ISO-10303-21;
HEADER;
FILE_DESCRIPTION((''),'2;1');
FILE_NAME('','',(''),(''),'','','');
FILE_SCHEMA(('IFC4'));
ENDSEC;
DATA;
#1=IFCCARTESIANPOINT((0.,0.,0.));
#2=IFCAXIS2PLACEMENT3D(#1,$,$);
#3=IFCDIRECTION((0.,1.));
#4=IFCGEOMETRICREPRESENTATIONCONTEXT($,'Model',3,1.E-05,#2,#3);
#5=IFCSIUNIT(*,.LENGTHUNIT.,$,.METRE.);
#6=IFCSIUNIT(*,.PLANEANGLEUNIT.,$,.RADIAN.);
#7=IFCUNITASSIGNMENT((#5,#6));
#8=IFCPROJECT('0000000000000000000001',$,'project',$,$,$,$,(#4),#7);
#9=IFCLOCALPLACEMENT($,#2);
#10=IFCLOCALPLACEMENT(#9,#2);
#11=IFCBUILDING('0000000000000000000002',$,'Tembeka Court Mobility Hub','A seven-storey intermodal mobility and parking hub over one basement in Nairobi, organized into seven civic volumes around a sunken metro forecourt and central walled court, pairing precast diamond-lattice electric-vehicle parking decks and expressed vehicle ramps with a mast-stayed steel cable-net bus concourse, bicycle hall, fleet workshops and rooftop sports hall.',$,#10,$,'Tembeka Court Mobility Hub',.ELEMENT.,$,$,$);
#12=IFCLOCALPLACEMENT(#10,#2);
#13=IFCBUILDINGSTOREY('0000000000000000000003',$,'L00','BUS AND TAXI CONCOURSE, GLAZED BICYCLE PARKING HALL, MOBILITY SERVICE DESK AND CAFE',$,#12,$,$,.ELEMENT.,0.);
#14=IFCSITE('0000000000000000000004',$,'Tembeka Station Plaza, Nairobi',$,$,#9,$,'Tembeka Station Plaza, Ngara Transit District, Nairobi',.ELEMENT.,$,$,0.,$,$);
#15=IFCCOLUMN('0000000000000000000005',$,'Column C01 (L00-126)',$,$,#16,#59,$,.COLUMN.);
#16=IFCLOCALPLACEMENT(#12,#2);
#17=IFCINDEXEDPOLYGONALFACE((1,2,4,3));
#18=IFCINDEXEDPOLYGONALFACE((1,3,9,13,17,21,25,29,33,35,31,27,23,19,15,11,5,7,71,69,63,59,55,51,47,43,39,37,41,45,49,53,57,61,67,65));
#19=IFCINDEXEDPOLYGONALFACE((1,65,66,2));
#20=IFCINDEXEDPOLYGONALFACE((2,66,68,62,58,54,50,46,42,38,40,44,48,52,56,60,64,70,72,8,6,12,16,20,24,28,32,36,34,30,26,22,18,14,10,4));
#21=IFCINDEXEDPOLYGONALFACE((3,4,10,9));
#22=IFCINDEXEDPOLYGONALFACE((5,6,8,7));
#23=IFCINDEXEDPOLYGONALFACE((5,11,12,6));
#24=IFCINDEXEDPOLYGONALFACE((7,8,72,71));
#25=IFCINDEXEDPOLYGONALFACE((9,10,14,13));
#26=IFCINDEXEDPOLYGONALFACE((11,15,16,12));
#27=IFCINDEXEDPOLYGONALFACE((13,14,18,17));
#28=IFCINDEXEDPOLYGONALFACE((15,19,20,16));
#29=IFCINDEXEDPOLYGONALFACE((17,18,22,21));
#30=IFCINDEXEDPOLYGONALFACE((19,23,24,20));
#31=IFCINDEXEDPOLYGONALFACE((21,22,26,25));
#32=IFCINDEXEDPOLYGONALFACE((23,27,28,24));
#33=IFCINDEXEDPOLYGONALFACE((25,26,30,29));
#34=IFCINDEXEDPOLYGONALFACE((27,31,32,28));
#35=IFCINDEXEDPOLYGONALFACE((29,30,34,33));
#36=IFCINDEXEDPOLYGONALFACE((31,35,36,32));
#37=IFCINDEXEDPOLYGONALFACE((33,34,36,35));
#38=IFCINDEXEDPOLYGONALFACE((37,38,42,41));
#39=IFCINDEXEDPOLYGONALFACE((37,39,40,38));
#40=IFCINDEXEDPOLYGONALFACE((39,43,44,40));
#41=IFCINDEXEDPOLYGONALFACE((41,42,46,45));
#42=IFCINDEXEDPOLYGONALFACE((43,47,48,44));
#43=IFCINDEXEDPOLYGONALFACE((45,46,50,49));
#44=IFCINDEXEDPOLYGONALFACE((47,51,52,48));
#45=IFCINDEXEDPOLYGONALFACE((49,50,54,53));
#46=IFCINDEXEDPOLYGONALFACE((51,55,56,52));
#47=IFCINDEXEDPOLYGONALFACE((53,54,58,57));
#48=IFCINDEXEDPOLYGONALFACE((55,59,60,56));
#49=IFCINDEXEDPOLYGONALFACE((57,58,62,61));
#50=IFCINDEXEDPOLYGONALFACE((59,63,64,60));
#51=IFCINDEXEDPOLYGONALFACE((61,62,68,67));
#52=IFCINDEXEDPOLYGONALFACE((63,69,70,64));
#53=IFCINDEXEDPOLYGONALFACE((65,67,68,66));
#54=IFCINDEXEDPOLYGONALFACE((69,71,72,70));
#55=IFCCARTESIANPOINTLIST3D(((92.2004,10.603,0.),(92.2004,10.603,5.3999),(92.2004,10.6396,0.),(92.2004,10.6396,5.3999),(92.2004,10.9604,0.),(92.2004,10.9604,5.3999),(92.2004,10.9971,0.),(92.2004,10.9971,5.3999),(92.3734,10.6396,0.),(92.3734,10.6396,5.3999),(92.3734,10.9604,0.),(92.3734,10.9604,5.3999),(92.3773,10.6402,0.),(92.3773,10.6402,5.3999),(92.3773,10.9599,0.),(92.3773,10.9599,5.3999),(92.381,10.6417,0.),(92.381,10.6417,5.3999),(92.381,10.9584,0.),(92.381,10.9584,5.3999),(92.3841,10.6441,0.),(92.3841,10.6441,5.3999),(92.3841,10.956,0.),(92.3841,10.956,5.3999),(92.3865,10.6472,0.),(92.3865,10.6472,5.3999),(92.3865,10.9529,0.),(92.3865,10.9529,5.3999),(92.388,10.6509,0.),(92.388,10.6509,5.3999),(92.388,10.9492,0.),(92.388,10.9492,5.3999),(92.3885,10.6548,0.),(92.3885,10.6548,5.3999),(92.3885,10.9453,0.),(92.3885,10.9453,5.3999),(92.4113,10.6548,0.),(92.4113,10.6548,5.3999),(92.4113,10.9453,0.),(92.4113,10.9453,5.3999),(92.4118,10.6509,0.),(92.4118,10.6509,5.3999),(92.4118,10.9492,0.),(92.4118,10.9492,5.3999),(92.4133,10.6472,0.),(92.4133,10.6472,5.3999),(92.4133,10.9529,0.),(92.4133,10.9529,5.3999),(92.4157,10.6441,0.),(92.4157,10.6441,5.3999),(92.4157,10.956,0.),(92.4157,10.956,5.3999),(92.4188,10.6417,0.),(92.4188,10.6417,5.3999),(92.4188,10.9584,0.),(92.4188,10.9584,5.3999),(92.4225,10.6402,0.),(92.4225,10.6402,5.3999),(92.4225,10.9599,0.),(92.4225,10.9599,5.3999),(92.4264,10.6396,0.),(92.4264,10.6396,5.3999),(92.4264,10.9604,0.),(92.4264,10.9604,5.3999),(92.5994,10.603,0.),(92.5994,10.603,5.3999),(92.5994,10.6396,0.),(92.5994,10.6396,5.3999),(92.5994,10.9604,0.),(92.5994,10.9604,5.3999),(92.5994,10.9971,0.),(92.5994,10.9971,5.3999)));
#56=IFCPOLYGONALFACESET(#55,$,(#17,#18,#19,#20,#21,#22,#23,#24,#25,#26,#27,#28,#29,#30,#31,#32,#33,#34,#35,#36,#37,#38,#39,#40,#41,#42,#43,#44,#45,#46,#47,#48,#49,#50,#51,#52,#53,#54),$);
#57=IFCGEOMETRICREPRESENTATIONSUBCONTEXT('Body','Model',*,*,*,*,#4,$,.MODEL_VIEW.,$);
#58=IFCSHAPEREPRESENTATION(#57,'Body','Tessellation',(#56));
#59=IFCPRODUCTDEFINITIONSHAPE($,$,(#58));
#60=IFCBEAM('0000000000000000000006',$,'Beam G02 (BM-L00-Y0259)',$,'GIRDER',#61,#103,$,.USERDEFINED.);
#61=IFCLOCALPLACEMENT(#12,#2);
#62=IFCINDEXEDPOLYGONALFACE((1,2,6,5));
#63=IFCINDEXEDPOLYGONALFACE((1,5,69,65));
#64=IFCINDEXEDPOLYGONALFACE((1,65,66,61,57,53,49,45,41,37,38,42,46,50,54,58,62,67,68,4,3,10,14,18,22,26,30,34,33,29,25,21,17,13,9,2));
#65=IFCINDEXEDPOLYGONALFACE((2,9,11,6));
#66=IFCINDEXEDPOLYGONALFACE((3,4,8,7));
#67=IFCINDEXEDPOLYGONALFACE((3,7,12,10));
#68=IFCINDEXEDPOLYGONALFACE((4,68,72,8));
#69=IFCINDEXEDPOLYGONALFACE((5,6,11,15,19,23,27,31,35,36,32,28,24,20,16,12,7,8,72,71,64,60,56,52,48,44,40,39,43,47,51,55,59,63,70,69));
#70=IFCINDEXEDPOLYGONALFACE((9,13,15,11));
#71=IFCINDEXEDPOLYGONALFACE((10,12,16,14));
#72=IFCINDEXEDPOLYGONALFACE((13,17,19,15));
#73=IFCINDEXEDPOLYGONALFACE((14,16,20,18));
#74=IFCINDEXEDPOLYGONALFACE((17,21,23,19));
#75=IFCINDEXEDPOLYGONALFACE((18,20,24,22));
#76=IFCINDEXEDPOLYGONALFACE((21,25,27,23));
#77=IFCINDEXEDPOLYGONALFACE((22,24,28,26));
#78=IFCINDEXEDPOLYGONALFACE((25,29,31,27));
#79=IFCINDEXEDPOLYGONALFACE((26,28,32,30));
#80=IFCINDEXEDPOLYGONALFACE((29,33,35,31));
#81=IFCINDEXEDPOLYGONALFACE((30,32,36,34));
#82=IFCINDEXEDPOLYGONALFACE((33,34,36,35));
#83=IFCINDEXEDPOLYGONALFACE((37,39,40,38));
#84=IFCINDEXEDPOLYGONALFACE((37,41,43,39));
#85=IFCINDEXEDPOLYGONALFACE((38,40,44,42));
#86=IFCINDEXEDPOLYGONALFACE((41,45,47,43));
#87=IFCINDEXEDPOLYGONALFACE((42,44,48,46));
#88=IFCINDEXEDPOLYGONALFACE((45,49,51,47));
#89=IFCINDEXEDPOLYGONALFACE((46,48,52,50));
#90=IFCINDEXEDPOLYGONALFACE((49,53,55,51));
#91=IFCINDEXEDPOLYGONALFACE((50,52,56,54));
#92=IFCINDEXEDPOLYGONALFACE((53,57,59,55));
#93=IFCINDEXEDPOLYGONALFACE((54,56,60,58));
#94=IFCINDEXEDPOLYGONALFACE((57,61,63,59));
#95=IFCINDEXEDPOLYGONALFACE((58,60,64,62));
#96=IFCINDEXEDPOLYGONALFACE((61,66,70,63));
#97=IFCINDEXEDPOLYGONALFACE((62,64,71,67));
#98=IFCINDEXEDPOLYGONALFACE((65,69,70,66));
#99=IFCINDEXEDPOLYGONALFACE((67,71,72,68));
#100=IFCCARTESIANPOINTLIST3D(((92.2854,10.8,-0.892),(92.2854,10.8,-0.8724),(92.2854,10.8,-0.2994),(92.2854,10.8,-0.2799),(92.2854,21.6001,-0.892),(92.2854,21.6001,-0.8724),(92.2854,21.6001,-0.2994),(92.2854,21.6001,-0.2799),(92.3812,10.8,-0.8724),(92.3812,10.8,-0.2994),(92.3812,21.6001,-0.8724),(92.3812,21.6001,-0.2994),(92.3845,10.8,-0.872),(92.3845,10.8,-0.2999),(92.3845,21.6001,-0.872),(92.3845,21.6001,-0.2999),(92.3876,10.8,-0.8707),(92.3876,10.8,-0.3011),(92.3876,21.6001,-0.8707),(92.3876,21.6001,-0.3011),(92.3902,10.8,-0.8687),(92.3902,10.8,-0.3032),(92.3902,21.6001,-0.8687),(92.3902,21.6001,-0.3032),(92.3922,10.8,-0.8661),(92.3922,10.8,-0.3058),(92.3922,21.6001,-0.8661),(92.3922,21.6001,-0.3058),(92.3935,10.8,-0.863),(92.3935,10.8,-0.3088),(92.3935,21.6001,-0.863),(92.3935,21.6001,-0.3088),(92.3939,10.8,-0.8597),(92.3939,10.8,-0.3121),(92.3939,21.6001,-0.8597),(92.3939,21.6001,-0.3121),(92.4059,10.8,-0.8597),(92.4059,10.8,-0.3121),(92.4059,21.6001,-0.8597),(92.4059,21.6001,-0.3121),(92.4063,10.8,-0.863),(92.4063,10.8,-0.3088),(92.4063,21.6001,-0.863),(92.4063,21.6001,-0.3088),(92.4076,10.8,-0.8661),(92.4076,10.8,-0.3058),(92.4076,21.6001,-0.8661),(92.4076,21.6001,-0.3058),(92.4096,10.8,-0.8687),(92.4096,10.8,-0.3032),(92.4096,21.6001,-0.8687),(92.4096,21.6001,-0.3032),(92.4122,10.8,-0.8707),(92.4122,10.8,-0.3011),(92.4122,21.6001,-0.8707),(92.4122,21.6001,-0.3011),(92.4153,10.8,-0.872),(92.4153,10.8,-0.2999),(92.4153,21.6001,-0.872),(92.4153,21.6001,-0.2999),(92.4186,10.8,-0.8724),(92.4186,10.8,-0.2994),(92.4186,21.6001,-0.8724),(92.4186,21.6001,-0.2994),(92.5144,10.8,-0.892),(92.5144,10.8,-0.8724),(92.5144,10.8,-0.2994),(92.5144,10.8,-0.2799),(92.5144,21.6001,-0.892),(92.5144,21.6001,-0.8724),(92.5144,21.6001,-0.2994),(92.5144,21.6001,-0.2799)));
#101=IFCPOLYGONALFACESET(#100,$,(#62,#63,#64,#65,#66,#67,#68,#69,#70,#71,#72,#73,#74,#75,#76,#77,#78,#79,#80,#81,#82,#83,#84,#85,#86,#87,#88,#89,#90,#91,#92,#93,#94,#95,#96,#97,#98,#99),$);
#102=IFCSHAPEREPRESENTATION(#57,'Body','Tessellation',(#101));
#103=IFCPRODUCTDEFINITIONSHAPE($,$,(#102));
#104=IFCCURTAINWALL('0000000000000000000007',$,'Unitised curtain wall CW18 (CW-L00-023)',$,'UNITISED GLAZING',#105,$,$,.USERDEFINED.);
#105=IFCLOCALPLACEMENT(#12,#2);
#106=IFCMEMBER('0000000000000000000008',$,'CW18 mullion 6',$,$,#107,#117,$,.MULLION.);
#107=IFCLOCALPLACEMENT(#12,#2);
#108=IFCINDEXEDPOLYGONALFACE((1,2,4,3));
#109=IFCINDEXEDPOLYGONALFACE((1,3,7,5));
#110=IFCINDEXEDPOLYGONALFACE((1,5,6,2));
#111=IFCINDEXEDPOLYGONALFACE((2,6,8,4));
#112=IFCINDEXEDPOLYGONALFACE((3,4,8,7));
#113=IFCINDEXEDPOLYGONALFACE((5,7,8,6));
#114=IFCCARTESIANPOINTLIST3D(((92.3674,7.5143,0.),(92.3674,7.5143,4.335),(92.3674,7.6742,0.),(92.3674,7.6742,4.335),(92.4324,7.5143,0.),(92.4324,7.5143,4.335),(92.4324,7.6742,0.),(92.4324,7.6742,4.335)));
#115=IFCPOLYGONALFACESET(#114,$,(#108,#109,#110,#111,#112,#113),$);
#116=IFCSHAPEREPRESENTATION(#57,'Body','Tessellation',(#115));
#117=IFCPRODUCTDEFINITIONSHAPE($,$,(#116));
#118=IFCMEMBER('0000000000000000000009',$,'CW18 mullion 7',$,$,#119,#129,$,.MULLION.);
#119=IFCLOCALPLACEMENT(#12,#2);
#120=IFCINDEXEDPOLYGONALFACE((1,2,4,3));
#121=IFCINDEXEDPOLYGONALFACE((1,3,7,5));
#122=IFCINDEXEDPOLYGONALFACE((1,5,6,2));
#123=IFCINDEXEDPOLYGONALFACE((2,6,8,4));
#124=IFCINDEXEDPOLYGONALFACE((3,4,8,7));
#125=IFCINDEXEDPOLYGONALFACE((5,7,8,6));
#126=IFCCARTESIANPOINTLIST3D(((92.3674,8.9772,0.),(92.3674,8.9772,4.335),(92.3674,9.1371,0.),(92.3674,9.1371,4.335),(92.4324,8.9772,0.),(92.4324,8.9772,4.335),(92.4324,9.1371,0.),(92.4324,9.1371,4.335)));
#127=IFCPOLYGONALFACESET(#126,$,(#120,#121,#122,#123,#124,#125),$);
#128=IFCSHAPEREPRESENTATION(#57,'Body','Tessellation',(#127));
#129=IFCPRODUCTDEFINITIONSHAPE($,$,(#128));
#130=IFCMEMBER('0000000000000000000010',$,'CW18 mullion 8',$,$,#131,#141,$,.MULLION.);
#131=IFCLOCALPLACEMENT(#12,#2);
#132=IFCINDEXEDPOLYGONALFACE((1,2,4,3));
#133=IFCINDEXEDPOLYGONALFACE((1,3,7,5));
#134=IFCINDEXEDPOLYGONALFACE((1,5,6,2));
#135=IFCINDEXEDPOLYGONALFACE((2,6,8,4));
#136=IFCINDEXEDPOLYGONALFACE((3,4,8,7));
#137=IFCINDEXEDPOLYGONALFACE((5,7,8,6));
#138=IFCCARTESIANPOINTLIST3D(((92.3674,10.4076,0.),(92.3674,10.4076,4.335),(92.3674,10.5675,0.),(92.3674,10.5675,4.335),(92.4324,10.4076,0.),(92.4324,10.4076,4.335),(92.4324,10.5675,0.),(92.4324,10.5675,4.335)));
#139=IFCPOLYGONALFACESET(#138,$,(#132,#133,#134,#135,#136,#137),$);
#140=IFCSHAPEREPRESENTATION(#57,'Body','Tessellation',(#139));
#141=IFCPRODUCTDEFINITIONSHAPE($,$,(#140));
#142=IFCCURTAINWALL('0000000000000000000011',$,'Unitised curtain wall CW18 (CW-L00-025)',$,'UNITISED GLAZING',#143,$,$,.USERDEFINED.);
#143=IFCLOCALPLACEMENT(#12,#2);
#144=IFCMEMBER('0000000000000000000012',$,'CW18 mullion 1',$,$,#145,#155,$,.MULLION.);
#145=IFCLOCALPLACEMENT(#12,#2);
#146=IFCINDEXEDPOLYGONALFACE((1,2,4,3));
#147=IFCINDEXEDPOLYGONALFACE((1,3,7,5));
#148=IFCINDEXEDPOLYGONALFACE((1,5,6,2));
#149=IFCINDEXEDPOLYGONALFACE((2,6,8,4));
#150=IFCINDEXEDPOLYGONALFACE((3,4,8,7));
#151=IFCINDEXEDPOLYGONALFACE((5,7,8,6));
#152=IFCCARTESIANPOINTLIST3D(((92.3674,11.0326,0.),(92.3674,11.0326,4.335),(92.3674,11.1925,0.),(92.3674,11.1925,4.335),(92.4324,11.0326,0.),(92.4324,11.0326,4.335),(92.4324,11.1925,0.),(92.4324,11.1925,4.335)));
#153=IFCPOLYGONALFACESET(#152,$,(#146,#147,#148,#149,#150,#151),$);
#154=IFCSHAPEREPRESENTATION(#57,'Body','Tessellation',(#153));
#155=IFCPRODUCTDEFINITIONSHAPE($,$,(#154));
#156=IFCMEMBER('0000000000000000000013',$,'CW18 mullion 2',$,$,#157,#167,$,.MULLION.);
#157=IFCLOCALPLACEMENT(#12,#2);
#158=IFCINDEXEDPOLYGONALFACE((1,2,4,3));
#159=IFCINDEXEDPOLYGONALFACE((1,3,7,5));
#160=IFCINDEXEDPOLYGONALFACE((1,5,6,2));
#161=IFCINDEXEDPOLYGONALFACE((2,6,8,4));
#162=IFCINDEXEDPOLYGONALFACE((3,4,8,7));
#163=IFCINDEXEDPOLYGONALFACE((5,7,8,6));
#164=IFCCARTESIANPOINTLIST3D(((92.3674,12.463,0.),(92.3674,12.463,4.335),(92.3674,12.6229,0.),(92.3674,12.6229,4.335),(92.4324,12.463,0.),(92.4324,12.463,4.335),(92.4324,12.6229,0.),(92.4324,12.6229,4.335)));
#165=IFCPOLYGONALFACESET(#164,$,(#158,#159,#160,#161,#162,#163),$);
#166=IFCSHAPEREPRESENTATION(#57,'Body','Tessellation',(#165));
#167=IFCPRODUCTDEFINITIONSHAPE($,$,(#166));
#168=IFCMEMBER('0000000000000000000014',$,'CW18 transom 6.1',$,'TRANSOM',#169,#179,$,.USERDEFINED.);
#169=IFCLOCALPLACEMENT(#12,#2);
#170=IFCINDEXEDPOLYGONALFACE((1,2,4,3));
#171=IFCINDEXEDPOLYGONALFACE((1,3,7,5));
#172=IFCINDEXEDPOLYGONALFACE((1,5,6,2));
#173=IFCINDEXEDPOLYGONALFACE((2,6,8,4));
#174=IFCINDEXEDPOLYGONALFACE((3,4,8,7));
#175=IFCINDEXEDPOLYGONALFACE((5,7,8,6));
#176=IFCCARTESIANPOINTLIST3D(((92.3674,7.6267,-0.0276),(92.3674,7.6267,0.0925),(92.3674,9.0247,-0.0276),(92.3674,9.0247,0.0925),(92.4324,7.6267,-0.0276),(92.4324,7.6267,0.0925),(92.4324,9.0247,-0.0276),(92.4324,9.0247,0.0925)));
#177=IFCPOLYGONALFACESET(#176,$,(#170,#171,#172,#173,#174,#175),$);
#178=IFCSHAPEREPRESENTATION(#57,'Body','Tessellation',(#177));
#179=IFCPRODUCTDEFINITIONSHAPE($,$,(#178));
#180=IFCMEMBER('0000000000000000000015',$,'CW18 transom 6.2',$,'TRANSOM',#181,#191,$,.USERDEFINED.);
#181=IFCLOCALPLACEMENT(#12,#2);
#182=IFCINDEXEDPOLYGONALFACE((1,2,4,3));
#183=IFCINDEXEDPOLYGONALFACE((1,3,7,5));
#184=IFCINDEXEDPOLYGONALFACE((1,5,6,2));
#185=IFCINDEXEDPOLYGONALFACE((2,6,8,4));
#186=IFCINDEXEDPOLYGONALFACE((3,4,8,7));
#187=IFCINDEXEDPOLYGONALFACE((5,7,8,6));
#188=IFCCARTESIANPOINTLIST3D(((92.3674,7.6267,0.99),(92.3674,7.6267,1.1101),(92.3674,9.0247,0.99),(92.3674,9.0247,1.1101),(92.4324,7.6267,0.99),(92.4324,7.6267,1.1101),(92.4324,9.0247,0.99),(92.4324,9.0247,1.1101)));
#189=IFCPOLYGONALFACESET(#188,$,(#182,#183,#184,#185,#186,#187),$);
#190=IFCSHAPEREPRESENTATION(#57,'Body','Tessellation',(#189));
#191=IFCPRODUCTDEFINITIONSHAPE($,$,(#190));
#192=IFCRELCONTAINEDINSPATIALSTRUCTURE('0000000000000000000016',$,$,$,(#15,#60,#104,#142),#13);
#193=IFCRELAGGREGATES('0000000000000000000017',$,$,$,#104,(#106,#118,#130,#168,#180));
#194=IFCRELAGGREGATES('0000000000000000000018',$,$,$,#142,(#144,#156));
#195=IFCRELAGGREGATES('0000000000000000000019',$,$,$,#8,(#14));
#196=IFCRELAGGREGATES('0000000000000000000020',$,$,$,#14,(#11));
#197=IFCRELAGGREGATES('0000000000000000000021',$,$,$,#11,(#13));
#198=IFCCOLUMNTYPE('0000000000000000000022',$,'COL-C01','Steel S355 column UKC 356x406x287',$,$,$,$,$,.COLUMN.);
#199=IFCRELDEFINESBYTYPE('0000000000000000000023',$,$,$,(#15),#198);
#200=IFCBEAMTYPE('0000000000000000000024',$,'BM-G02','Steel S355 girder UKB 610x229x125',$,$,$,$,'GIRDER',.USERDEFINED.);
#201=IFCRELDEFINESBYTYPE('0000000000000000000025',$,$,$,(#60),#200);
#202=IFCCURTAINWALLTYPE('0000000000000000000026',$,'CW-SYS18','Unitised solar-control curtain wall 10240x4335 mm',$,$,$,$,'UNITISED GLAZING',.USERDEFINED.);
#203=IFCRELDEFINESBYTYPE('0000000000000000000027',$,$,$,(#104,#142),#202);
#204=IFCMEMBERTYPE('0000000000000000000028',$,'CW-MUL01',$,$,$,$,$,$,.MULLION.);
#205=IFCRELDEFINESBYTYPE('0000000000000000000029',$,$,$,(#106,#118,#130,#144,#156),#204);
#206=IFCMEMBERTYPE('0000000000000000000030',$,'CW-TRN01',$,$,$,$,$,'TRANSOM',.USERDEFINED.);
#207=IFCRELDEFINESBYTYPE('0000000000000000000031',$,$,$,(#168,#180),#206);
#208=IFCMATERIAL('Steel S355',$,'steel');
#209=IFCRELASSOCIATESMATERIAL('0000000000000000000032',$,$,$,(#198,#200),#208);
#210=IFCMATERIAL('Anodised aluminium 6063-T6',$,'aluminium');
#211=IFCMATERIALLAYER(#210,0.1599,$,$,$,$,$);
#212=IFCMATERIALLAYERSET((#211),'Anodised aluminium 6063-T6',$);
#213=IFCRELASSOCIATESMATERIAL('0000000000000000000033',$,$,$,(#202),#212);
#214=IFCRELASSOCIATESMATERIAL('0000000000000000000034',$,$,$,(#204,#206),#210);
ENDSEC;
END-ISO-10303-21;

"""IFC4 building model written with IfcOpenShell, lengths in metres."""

from ifc_helpers import new_model, si_unit, direction, frame, origin, origin_2d, place, context, subcontext, project, spatial, rectangle, i_section, extrude, material, layer, layer_set, material_profile, profile_set, type_object, element, aggregate, save


model = new_model("IFC4")

# Units and contexts
model_context = context("Model", 3, precision=1e-05, world=origin(), true_north=direction((0.0, 1.0)))
body_context = subcontext(model_context, "Body", "Model", "MODEL_VIEW")
ifc_project = project(units=[si_unit("LENGTHUNIT", "METRE"), si_unit("PLANEANGLEUNIT", "RADIAN")], contexts=[model_context])

# Site, building, storey
site_placement = place(None, origin())
site = spatial("IfcSite", under=ifc_project, at=site_placement, Name="Tembeka Station Plaza, Nairobi", LongName="Tembeka Station Plaza, Ngara Transit District, Nairobi", CompositionType="ELEMENT", RefElevation=0.0)
building_placement = place(site_placement, origin())
building = spatial("IfcBuilding", under=site, at=building_placement, Name="Tembeka Court Mobility Hub", Description="A seven-storey intermodal mobility and parking hub over one basement in Nairobi, organized into seven civic volumes around a sunken metro forecourt and central walled court, pairing precast diamond-lattice electric-vehicle parking decks and expressed vehicle ramps with a mast-stayed steel cable-net bus concourse, bicycle hall, fleet workshops and rooftop sports hall.", LongName="Tembeka Court Mobility Hub", CompositionType="ELEMENT")
storey_placement = place(building_placement, origin())
storey = spatial("IfcBuildingStorey", under=building, at=storey_placement, Name="L00", Description="BUS AND TAXI CONCOURSE, GLAZED BICYCLE PARKING HALL, MOBILITY SERVICE DESK AND CAFE", CompositionType="ELEMENT", Elevation=0.0)

# Column
ifc_material_1 = material(Name="Steel S355", Category="steel")
ifc_material_profile_1 = material_profile(ifc_material_1, i_section(OverallWidth=0.3989, OverallDepth=0.394, WebThickness=0.0227, FlangeThickness=0.0366, FilletRadius=0.0151, at=origin_2d()), Name="UKC 356x406x287")
ifc_profile_set_1 = profile_set([ifc_material_profile_1], Name="Steel S355")
column_type = type_object("IfcColumnType", Name="COL-C01", Description="Steel S355 column UKC 356x406x287", PredefinedType="COLUMN", material=ifc_profile_set_1)
column_placement = place(storey_placement, frame((92.3999, 10.8, 0.0), z_axis=(0.0, 0.0, 1.0), x_axis=(1.0, 0.0, 0.0)))
element("IfcColumn", 1, at=column_placement, inside=storey, type_object=column_type, Name="Column C01 (L00-126)", PredefinedType="COLUMN", context=body_context, shape_type="SweptSolid", body=[
    extrude(i_section(OverallWidth=0.3989, OverallDepth=0.394, WebThickness=0.0227, FlangeThickness=0.0366, FilletRadius=0.0151, at=origin_2d()), origin(), (0.0, 0.0, 1.0), 5.3999),
])

# Beam
ifc_material_profile_2 = material_profile(ifc_material_1, i_section(OverallWidth=0.229, OverallDepth=0.6121, WebThickness=0.012, FlangeThickness=0.0195, FilletRadius=0.0127, at=origin_2d()), Name="UKB 610x229x125")
ifc_profile_set_2 = profile_set([ifc_material_profile_2], Name="Steel S355")
beam_type = type_object("IfcBeamType", Name="BM-G02", Description="Steel S355 girder UKB 610x229x125", ElementType="GIRDER", PredefinedType="USERDEFINED", material=ifc_profile_set_2)
beam_placement = place(storey_placement, frame((92.3999, 10.8, -0.5859), z_axis=(0.0, 1.0, 0.0), x_axis=(-1.0, 0.0, 0.0)))
element("IfcBeam", 2, at=beam_placement, inside=storey, type_object=beam_type, Name="Beam G02 (BM-L00-Y0259)", ObjectType="GIRDER", PredefinedType="USERDEFINED", context=body_context, shape_type="SweptSolid", body=[
    extrude(i_section(OverallWidth=0.229, OverallDepth=0.6121, WebThickness=0.012, FlangeThickness=0.0195, FilletRadius=0.0127, at=origin_2d()), origin(), (0.0, 0.0, 1.0), 10.8),
])

# Curtain walls, members
ifc_material_2 = material(Name="Anodised aluminium 6063-T6", Category="aluminium")
ifc_layer_1 = layer(ifc_material_2, 0.1599)
ifc_layer_set_1 = layer_set([ifc_layer_1], Name="Anodised aluminium 6063-T6")
curtain_wall_type = type_object("IfcCurtainWallType", Name="CW-SYS18", Description="Unitised solar-control curtain wall 10240x4335 mm", ElementType="UNITISED GLAZING", PredefinedType="USERDEFINED", material=ifc_layer_set_1)
curtain_wall_1_placement = place(storey_placement, origin())
curtain_wall_1 = element("IfcCurtainWall", 3, at=curtain_wall_1_placement, inside=storey, type_object=curtain_wall_type, Name="Unitised curtain wall CW18 (CW-L00-023)", ObjectType="UNITISED GLAZING", PredefinedType="USERDEFINED")
ifc_material_profile_3 = material_profile(ifc_material_2, rectangle(XDim=0.0649, YDim=0.1599, at=origin_2d()), Name="ALU-MUL 65x160")
ifc_profile_set_3 = profile_set([ifc_material_profile_3], Name="Anodised aluminium 6063-T6")
member_type_1 = type_object("IfcMemberType", Name="CW-MUL01", PredefinedType="MULLION", material=ifc_profile_set_3)
member_1_placement = place(storey_placement, frame((92.3999, 7.5942, 0.0), z_axis=(0.0, 0.0, 1.0), x_axis=(-1.0, 0.0, 0.0)))
member_1 = element("IfcMember", 4, at=member_1_placement, type_object=member_type_1, Name="CW18 mullion 6", PredefinedType="MULLION", context=body_context, shape_type="SweptSolid", body=[
    extrude(rectangle(XDim=0.0649, YDim=0.1599, at=origin_2d()), origin(), (0.0, 0.0, 1.0), 4.335),
])
member_2_placement = place(storey_placement, frame((92.3999, 9.0571, 0.0), z_axis=(0.0, 0.0, 1.0), x_axis=(-1.0, 0.0, 0.0)))
member_2 = element("IfcMember", 5, at=member_2_placement, type_object=member_type_1, Name="CW18 mullion 7", PredefinedType="MULLION", context=body_context, shape_type="SweptSolid", body=[
    extrude(rectangle(XDim=0.0649, YDim=0.1599, at=origin_2d()), origin(), (0.0, 0.0, 1.0), 4.335),
])
member_3_placement = place(storey_placement, frame((92.3999, 10.4875, 0.0), z_axis=(0.0, 0.0, 1.0), x_axis=(-1.0, 0.0, 0.0)))
member_3 = element("IfcMember", 6, at=member_3_placement, type_object=member_type_1, Name="CW18 mullion 8", PredefinedType="MULLION", context=body_context, shape_type="SweptSolid", body=[
    extrude(rectangle(XDim=0.0649, YDim=0.1599, at=origin_2d()), origin(), (0.0, 0.0, 1.0), 4.335),
])
curtain_wall_2_placement = place(storey_placement, origin())
curtain_wall_2 = element("IfcCurtainWall", 7, at=curtain_wall_2_placement, inside=storey, type_object=curtain_wall_type, Name="Unitised curtain wall CW18 (CW-L00-025)", ObjectType="UNITISED GLAZING", PredefinedType="USERDEFINED")
member_4_placement = place(storey_placement, frame((92.3999, 11.1125, 0.0), z_axis=(0.0, 0.0, 1.0), x_axis=(-1.0, 0.0, 0.0)))
member_4 = element("IfcMember", 8, at=member_4_placement, type_object=member_type_1, Name="CW18 mullion 1", PredefinedType="MULLION", context=body_context, shape_type="SweptSolid", body=[
    extrude(rectangle(XDim=0.0649, YDim=0.1599, at=origin_2d()), origin(), (0.0, 0.0, 1.0), 4.335),
])
member_5_placement = place(storey_placement, frame((92.3999, 12.543, 0.0), z_axis=(0.0, 0.0, 1.0), x_axis=(-1.0, 0.0, 0.0)))
member_5 = element("IfcMember", 9, at=member_5_placement, type_object=member_type_1, Name="CW18 mullion 2", PredefinedType="MULLION", context=body_context, shape_type="SweptSolid", body=[
    extrude(rectangle(XDim=0.0649, YDim=0.1599, at=origin_2d()), origin(), (0.0, 0.0, 1.0), 4.335),
])

# Members
ifc_material_profile_4 = material_profile(ifc_material_2, rectangle(XDim=0.0649, YDim=0.1201, at=origin_2d()), Name="ALU-TRN 65x120")
ifc_profile_set_4 = profile_set([ifc_material_profile_4], Name="Anodised aluminium 6063-T6")
member_type_2 = type_object("IfcMemberType", Name="CW-TRN01", ElementType="TRANSOM", PredefinedType="USERDEFINED", material=ifc_profile_set_4)
member_6_placement = place(storey_placement, frame((92.3999, 7.6267, 0.0325), z_axis=(0.0, 1.0, 0.0), x_axis=(-1.0, 0.0, 0.0)))
member_6 = element("IfcMember", 10, at=member_6_placement, type_object=member_type_2, Name="CW18 transom 6.1", ObjectType="TRANSOM", PredefinedType="USERDEFINED", context=body_context, shape_type="SweptSolid", body=[
    extrude(rectangle(XDim=0.0649, YDim=0.1201, at=origin_2d()), origin(), (0.0, 0.0, 1.0), 1.3979),
])
member_7_placement = place(storey_placement, frame((92.3999, 7.6267, 1.05), z_axis=(0.0, 1.0, 0.0), x_axis=(-1.0, 0.0, 0.0)))
member_7 = element("IfcMember", 11, at=member_7_placement, type_object=member_type_2, Name="CW18 transom 6.2", ObjectType="TRANSOM", PredefinedType="USERDEFINED", context=body_context, shape_type="SweptSolid", body=[
    extrude(rectangle(XDim=0.0649, YDim=0.1201, at=origin_2d()), origin(), (0.0, 0.0, 1.0), 1.3979),
])

aggregate(curtain_wall_1, [member_1, member_2, member_3, member_6, member_7])
aggregate(curtain_wall_2, [member_4, member_5])

save(model, "model.ifc")
